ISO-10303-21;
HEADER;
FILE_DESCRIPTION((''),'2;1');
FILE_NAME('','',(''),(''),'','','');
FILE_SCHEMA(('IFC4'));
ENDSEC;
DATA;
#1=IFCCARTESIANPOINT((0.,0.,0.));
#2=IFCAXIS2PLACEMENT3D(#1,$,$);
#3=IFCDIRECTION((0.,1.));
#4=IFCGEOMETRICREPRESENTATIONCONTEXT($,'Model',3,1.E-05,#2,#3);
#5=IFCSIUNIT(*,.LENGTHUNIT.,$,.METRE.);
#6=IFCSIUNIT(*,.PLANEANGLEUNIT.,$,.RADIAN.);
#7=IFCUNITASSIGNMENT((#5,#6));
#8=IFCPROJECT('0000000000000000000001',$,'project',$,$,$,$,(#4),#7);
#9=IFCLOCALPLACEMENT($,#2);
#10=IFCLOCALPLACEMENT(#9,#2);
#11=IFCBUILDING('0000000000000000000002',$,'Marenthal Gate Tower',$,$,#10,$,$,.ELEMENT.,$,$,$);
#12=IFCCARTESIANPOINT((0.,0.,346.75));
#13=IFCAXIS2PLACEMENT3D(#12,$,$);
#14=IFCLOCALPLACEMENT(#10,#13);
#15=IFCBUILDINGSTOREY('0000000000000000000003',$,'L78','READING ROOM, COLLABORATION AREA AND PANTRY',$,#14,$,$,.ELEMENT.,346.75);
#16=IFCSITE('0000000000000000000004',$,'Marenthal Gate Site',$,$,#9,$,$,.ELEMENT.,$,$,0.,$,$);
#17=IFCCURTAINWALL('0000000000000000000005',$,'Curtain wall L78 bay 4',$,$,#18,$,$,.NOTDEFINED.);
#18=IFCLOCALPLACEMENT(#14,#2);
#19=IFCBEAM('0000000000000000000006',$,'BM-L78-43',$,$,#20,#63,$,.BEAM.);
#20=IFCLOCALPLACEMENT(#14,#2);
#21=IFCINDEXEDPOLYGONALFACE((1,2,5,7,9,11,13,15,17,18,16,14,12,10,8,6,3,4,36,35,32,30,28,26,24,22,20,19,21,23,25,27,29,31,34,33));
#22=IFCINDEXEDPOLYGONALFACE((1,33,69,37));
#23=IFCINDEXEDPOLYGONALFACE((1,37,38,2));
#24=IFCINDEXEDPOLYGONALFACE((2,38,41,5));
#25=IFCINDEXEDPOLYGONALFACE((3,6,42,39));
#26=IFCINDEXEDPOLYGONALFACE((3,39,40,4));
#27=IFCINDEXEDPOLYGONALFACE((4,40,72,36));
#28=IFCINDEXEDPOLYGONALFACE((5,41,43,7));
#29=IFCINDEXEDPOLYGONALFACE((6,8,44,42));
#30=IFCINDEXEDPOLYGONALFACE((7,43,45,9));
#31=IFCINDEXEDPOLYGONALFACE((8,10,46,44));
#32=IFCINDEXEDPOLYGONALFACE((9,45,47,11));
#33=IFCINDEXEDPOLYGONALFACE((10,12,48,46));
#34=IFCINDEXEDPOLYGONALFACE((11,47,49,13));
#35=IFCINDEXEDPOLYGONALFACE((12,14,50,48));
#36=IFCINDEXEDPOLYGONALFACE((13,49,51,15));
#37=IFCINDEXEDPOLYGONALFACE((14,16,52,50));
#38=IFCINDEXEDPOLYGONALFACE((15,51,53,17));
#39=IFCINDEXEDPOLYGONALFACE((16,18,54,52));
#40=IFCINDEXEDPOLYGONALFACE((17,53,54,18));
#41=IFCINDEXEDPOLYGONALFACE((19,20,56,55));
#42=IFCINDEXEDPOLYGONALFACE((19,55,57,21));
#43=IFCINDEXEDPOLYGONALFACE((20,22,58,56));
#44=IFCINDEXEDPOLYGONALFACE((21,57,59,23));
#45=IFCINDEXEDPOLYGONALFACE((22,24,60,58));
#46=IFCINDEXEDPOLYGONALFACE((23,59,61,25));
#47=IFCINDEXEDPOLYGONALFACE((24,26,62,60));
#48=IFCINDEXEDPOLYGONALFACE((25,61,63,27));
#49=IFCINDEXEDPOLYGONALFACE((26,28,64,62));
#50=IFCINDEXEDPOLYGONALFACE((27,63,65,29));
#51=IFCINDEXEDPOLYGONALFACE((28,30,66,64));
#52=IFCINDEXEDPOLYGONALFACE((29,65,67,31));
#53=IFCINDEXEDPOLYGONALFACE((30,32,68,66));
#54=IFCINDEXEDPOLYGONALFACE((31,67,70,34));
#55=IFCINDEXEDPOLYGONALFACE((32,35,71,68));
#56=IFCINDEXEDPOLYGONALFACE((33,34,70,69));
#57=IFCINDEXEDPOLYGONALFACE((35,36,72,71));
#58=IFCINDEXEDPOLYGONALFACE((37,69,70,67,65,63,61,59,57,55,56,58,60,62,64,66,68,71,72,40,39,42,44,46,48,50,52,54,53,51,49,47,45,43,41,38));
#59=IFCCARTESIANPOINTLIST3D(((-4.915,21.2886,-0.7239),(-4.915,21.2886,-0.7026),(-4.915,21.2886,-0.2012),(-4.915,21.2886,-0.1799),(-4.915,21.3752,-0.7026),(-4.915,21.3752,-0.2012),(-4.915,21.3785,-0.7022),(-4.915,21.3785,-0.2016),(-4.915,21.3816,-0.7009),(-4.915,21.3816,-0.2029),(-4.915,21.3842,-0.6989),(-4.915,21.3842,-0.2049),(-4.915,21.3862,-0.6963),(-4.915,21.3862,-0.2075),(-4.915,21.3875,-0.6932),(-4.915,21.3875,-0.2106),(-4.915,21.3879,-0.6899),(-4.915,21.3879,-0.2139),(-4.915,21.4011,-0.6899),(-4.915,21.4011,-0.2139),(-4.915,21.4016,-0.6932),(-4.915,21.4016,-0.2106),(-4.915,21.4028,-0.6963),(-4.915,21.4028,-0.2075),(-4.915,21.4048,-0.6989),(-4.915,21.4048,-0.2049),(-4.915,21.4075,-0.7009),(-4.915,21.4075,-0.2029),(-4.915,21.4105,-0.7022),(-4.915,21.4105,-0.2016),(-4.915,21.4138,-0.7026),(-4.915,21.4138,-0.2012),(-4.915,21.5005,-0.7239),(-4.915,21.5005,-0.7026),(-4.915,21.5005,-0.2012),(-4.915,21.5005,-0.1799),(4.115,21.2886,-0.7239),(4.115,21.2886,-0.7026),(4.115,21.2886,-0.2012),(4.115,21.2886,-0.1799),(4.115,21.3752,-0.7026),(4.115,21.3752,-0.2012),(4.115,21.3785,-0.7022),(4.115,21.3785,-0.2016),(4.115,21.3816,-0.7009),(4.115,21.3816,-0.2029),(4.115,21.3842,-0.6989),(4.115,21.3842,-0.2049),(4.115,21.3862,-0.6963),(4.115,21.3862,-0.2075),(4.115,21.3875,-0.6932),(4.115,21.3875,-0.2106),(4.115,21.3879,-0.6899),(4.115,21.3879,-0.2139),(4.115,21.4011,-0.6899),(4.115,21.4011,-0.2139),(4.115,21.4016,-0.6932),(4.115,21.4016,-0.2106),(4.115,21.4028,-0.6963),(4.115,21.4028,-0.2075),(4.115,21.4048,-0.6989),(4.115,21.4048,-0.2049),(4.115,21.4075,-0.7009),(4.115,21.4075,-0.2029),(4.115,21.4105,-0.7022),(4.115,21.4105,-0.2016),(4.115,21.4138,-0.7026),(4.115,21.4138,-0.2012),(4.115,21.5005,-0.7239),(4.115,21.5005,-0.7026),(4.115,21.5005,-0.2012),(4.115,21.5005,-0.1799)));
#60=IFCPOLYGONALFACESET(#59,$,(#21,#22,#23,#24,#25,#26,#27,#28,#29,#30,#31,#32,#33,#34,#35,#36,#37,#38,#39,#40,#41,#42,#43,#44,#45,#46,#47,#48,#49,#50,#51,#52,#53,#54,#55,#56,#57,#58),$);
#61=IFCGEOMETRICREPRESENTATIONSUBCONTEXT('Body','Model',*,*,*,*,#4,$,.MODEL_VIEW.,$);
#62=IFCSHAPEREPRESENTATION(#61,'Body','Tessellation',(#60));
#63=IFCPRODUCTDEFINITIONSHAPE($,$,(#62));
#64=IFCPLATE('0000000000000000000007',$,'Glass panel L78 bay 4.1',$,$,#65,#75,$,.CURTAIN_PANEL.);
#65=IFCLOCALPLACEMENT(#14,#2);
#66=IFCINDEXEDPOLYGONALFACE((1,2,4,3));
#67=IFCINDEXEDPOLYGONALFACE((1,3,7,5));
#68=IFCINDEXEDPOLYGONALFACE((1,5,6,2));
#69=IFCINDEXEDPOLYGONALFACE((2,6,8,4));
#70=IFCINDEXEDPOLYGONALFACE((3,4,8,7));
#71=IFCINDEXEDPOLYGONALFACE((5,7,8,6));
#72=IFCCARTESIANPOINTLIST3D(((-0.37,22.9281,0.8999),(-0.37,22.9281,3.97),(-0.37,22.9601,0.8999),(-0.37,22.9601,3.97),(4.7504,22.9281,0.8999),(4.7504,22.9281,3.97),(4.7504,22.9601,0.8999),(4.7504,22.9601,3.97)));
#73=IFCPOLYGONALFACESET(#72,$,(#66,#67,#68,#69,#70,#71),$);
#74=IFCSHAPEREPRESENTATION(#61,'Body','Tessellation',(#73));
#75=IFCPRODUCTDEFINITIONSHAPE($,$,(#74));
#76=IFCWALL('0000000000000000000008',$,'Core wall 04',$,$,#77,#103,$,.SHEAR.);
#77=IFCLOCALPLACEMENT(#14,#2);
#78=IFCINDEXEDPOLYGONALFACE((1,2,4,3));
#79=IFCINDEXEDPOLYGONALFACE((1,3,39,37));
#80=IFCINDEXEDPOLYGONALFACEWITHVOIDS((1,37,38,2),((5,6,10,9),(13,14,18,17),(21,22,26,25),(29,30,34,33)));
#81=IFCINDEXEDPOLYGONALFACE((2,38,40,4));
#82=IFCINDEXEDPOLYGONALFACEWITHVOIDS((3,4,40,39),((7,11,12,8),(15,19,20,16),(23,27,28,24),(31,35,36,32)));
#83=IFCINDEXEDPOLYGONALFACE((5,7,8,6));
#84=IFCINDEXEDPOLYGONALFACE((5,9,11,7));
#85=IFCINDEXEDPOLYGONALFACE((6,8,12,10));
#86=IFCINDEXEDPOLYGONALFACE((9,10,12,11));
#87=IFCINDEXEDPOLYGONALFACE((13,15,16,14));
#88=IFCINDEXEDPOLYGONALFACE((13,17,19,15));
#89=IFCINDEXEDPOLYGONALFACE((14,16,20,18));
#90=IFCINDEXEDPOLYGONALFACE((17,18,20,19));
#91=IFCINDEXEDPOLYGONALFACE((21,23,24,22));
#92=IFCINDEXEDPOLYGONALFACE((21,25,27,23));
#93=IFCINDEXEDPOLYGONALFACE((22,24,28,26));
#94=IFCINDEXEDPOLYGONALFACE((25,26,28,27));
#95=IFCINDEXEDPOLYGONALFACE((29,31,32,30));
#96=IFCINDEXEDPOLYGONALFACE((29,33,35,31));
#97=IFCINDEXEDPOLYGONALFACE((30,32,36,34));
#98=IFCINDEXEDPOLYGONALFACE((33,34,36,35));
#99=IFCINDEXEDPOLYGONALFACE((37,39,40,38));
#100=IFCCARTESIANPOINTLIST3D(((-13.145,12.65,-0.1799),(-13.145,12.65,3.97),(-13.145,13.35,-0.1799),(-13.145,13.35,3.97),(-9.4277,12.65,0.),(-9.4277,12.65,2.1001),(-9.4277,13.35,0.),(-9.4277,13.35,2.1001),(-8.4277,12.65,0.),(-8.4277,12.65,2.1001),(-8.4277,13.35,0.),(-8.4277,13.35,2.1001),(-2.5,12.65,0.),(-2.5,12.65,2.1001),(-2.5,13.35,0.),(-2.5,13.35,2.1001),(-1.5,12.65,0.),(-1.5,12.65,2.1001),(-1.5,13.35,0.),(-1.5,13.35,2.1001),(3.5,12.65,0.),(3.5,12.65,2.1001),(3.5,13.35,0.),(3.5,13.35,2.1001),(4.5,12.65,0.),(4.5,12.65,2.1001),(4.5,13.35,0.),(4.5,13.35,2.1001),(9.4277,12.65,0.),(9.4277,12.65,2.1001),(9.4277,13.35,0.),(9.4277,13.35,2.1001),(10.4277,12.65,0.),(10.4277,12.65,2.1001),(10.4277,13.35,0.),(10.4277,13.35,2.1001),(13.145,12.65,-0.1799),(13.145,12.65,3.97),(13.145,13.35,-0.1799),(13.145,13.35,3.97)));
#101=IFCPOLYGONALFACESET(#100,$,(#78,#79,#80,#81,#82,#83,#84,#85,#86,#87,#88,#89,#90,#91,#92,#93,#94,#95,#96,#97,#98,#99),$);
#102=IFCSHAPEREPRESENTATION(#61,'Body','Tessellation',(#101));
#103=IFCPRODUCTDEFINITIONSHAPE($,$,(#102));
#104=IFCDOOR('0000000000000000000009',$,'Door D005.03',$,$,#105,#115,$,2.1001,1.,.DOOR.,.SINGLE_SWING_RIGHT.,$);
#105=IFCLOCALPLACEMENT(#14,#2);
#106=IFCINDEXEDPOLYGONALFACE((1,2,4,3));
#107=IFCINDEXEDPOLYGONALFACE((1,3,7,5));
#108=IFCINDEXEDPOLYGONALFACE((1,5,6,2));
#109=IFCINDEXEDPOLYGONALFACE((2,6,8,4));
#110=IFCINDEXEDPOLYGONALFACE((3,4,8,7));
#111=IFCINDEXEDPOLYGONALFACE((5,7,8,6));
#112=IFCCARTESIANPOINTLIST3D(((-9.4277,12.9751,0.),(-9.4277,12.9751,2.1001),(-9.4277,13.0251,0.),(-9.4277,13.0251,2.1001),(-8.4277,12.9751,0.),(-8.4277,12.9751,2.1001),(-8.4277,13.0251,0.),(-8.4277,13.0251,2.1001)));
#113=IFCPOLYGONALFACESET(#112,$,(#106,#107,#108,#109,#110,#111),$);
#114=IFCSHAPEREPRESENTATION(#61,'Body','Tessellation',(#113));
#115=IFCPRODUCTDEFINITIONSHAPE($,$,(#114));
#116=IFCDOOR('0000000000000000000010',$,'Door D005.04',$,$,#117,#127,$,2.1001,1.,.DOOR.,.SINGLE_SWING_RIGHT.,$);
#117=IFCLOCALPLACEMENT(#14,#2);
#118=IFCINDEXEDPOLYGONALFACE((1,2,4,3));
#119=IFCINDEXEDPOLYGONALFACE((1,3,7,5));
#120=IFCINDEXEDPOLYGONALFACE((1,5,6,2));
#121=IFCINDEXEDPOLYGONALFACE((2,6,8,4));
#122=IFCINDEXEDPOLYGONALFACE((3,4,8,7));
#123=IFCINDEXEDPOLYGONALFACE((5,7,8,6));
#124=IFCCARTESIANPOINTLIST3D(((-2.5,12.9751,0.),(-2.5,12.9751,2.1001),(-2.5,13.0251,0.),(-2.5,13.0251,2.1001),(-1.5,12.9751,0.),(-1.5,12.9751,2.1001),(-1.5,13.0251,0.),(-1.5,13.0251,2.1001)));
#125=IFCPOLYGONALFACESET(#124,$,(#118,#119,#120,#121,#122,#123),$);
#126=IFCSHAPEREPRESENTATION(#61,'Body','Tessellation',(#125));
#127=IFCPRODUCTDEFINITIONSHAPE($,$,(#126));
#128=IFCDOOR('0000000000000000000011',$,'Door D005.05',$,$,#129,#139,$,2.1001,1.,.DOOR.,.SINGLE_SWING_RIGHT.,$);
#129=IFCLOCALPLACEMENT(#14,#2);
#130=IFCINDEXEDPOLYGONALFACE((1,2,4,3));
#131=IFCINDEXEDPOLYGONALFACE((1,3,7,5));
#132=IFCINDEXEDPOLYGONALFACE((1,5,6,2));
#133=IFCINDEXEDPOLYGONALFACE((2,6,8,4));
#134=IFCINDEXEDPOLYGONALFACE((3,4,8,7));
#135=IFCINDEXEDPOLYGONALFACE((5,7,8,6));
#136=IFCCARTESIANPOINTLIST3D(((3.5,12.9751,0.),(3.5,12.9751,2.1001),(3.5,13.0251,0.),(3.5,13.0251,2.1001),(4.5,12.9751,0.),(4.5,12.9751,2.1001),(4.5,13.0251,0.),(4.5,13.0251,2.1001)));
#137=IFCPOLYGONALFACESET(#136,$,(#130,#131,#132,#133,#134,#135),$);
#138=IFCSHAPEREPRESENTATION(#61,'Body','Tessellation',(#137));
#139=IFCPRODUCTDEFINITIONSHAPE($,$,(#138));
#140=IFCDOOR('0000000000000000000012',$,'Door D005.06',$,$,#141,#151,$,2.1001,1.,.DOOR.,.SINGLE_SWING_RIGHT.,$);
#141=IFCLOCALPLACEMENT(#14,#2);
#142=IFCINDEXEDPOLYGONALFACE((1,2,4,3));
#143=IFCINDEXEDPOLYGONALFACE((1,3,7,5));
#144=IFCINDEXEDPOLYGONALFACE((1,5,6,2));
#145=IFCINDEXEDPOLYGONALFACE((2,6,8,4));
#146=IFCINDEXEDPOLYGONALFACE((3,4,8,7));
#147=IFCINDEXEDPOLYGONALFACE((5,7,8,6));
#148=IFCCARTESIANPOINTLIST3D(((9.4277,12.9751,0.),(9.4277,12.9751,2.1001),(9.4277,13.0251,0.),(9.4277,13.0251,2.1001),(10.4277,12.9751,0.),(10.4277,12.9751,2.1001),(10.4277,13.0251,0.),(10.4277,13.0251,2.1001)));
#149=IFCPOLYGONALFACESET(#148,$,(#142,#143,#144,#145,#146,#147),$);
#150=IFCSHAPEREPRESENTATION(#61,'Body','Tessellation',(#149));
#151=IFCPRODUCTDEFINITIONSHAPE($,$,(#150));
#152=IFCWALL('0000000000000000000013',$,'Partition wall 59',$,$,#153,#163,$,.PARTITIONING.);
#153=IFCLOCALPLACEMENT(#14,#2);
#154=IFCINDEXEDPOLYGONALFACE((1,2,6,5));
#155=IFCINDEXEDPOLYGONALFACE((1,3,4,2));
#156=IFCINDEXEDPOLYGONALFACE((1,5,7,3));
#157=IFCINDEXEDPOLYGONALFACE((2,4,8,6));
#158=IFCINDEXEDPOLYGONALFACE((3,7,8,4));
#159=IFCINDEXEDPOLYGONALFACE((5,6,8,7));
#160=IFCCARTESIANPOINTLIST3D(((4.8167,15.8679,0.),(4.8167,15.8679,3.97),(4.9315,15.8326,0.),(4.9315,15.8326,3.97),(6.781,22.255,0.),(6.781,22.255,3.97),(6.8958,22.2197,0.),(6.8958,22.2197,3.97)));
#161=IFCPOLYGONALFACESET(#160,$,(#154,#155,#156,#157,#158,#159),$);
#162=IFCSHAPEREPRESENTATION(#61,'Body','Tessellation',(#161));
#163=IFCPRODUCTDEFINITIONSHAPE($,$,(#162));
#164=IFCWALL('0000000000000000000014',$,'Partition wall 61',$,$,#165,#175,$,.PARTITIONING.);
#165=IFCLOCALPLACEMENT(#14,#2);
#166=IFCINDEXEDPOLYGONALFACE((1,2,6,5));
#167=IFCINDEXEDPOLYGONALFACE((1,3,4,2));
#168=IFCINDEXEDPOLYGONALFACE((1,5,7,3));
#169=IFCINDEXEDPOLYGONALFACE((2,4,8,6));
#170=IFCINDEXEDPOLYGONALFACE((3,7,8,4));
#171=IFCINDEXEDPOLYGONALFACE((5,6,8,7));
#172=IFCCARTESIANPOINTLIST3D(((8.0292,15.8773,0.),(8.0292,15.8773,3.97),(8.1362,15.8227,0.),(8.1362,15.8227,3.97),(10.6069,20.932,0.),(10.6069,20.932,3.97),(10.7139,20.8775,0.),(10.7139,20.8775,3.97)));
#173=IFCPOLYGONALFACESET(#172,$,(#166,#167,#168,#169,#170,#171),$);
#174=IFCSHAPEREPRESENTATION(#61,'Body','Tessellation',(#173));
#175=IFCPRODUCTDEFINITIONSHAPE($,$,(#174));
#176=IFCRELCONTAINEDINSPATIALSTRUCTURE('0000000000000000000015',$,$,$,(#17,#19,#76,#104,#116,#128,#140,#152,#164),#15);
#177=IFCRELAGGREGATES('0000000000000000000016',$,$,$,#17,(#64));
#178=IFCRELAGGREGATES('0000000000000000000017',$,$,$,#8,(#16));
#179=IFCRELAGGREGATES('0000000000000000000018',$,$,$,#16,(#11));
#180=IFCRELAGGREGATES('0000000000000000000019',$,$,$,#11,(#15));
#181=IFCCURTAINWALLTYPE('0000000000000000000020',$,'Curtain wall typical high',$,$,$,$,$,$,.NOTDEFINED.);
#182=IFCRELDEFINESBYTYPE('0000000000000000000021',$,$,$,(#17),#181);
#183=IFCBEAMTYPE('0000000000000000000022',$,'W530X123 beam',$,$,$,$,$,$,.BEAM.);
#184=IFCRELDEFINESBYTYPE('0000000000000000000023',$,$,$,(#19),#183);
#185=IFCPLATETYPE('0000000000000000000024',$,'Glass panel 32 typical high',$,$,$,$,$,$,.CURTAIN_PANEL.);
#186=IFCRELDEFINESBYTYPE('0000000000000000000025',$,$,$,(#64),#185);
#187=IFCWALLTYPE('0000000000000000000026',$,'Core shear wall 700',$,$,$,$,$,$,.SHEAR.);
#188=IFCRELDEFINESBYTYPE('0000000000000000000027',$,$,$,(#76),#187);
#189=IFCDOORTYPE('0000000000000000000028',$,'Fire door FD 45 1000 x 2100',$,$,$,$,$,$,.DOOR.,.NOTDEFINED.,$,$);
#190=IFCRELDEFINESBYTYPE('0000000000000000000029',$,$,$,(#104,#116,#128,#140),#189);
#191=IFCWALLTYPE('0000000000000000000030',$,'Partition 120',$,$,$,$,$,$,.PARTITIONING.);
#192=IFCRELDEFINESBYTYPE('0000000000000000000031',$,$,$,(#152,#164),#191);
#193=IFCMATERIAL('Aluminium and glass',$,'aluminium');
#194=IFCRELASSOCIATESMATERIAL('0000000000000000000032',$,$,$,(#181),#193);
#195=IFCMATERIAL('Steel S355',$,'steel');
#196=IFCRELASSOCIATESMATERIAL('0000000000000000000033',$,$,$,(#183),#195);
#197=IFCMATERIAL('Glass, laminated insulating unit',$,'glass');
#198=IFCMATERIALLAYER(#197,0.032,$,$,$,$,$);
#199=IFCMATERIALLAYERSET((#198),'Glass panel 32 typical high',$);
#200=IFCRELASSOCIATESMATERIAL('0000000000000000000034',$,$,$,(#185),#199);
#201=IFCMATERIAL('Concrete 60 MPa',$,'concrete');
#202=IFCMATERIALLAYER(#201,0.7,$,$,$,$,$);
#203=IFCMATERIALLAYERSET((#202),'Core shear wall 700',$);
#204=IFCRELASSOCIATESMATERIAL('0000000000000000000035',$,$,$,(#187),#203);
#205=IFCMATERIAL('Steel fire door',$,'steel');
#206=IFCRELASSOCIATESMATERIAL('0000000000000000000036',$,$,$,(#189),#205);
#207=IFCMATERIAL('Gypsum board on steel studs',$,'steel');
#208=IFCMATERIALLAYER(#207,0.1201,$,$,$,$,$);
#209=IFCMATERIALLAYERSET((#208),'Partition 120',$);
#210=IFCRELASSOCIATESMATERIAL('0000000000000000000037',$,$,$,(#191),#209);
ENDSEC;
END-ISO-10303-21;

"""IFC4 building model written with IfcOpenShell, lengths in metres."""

from ifc_helpers import new_model, si_unit, direction, frame, frame_2d, origin, origin_2d, place, context, subcontext, project, spatial, rectangle, i_section, extrude, material, layer, layer_set, material_profile, profile_set, type_object, element, fill, aggregate, save


model = new_model("IFC4")

# Units and contexts
model_context = context("Model", 3, precision=1e-05, world=origin(), true_north=direction((0.0, 1.0)))
body_context = subcontext(model_context, "Body", "Model", "MODEL_VIEW")
ifc_project = project(units=[si_unit("LENGTHUNIT", "METRE"), si_unit("PLANEANGLEUNIT", "RADIAN")], contexts=[model_context])

# Site, building, storey
site_placement = place(None, origin())
site = spatial("IfcSite", under=ifc_project, at=site_placement, Name="Marenthal Gate Site", CompositionType="ELEMENT", RefElevation=0.0)
building_placement = place(site_placement, origin())
building = spatial("IfcBuilding", under=site, at=building_placement, Name="Marenthal Gate Tower", CompositionType="ELEMENT")
storey_placement = place(building_placement, frame((0.0, 0.0, 346.75)))
storey = spatial("IfcBuildingStorey", under=building, at=storey_placement, Name="L78", Description="READING ROOM, COLLABORATION AREA AND PANTRY", CompositionType="ELEMENT", Elevation=346.75)

# Curtain wall
ifc_material_1 = material(Name="Aluminium and glass", Category="aluminium")
curtain_wall_type = type_object("IfcCurtainWallType", Name="Curtain wall typical high", PredefinedType="NOTDEFINED", material=ifc_material_1)
curtain_wall_placement = place(storey_placement, origin())
curtain_wall = element("IfcCurtainWall", 1, at=curtain_wall_placement, inside=storey, type_object=curtain_wall_type, Name="Curtain wall L78 bay 4", PredefinedType="NOTDEFINED")

# Beam
ifc_material_2 = material(Name="Steel S355", Category="steel")
ifc_material_profile_1 = material_profile(ifc_material_2, i_section(OverallWidth=0.2119, OverallDepth=0.5439, WebThickness=0.0132, FlangeThickness=0.0212, FilletRadius=0.0127, at=origin_2d()), Name="W530X123")
ifc_profile_set_1 = profile_set([ifc_material_profile_1], Name="Steel S355")
beam_type_1 = type_object("IfcBeamType", Name="W530X123 beam", PredefinedType="BEAM", material=ifc_profile_set_1)
beam_1_placement = place(storey_placement, frame((4.115, 21.3945, -0.4519), z_axis=(-1.0, 0.0, 0.0), x_axis=(0.0, -1.0, 0.0)))
element("IfcBeam", 2, at=beam_1_placement, inside=storey, type_object=beam_type_1, Name="BM-L78-43", PredefinedType="BEAM", context=body_context, shape_type="SweptSolid", body=[
    extrude(i_section(OverallWidth=0.2119, OverallDepth=0.5439, WebThickness=0.0132, FlangeThickness=0.0212, FilletRadius=0.0127, at=origin_2d()), origin(), (0.0, 0.0, 1.0), 9.03),
])

# Plate
ifc_material_3 = material(Name="Glass, laminated insulating unit", Category="glass")
ifc_layer_1 = layer(ifc_material_3, 0.032)
ifc_layer_set_1 = layer_set([ifc_layer_1], Name="Glass panel 32 typical high")
plate_type = type_object("IfcPlateType", Name="Glass panel 32 typical high", PredefinedType="CURTAIN_PANEL", material=ifc_layer_set_1)
plate_placement = place(storey_placement, frame((2.1902, 22.9441, 0.8999), z_axis=(0.0, 0.0, 1.0), x_axis=(-1.0, 0.0, 0.0)))
plate = element("IfcPlate", 3, at=plate_placement, type_object=plate_type, Name="Glass panel L78 bay 4.1", PredefinedType="CURTAIN_PANEL", context=body_context, shape_type="SweptSolid", body=[
    extrude(rectangle(XDim=5.1204, YDim=0.032, at=origin_2d()), origin(), (0.0, 0.0, 1.0), 3.0701),
])
aggregate(curtain_wall, [plate])

# Wall, openings, doors
ifc_material_4 = material(Name="Concrete 60 MPa", Category="concrete")
ifc_layer_2 = layer(ifc_material_4, 0.7)
ifc_layer_set_2 = layer_set([ifc_layer_2], Name="Core shear wall 700")
wall_type_1 = type_object("IfcWallType", Name="Core shear wall 700", PredefinedType="SHEAR", material=ifc_layer_set_2)
wall_1_placement = place(storey_placement, frame((13.145, 13.0, -0.1799), z_axis=(0.0, 0.0, 1.0), x_axis=(-1.0, 0.0, 0.0)))
wall_1 = element("IfcWall", 4, at=wall_1_placement, inside=storey, type_object=wall_type_1, Name="Core wall 04", PredefinedType="SHEAR", context=body_context, shape_type="SweptSolid", body=[
    extrude(rectangle(XDim=26.29, YDim=0.7, at=frame_2d((13.145, 0.0))), origin(), (0.0, 0.0, 1.0), 4.1499),
])
opening_1_placement = place(wall_1_placement, frame((21.5728, 0.0, 0.1799)))
opening_1 = element("IfcOpeningElement", 5, at=opening_1_placement, cuts=wall_1, PredefinedType="OPENING", context=body_context, shape_type="SweptSolid", body=[
    extrude(rectangle(XDim=1.0, YDim=2.1001, at=frame_2d((0.5, 1.05))), frame((0.0, 0.3599, 0.0), z_axis=(0.0, -1.0, 0.0), x_axis=(1.0, 0.0, 0.0)), (0.0, 0.0, 1.0), 0.72),
])
opening_2_placement = place(wall_1_placement, frame((14.645, 0.0, 0.1799)))
opening_2 = element("IfcOpeningElement", 6, at=opening_2_placement, cuts=wall_1, PredefinedType="OPENING", context=body_context, shape_type="SweptSolid", body=[
    extrude(rectangle(XDim=1.0, YDim=2.1001, at=frame_2d((0.5, 1.05))), frame((0.0, 0.3599, 0.0), z_axis=(0.0, -1.0, 0.0), x_axis=(1.0, 0.0, 0.0)), (0.0, 0.0, 1.0), 0.72),
])
opening_3_placement = place(wall_1_placement, frame((8.645, 0.0, 0.1799)))
opening_3 = element("IfcOpeningElement", 7, at=opening_3_placement, cuts=wall_1, PredefinedType="OPENING", context=body_context, shape_type="SweptSolid", body=[
    extrude(rectangle(XDim=1.0, YDim=2.1001, at=frame_2d((0.5, 1.05))), frame((0.0, 0.3599, 0.0), z_axis=(0.0, -1.0, 0.0), x_axis=(1.0, 0.0, 0.0)), (0.0, 0.0, 1.0), 0.72),
])
opening_4_placement = place(wall_1_placement, frame((2.7173, 0.0, 0.1799)))
opening_4 = element("IfcOpeningElement", 8, at=opening_4_placement, cuts=wall_1, PredefinedType="OPENING", context=body_context, shape_type="SweptSolid", body=[
    extrude(rectangle(XDim=1.0, YDim=2.1001, at=frame_2d((0.5, 1.05))), frame((0.0, 0.3599, 0.0), z_axis=(0.0, -1.0, 0.0), x_axis=(1.0, 0.0, 0.0)), (0.0, 0.0, 1.0), 0.72),
])
ifc_material_5 = material(Name="Steel fire door", Category="steel")
door_type = type_object("IfcDoorType", Name="Fire door FD 45 1000 x 2100", OperationType="NOTDEFINED", PredefinedType="DOOR", material=ifc_material_5)
door_1_placement = place(opening_1_placement, origin())
door_1 = element("IfcDoor", 9, at=door_1_placement, inside=storey, type_object=door_type, Name="Door D005.03", OperationType="SINGLE_SWING_RIGHT", OverallHeight=2.1001, OverallWidth=1.0, PredefinedType="DOOR", context=body_context, shape_type="SweptSolid", body=[
    extrude(rectangle(XDim=1.0, YDim=2.1001, at=frame_2d((0.5, 1.05))), frame((0.0, 0.0249, 0.0), z_axis=(0.0, -1.0, 0.0), x_axis=(1.0, 0.0, 0.0)), (0.0, 0.0, 1.0), 0.05),
])
fill(opening_1, door_1)
door_2_placement = place(opening_2_placement, origin())
door_2 = element("IfcDoor", 10, at=door_2_placement, inside=storey, type_object=door_type, Name="Door D005.04", OperationType="SINGLE_SWING_RIGHT", OverallHeight=2.1001, OverallWidth=1.0, PredefinedType="DOOR", context=body_context, shape_type="SweptSolid", body=[
    extrude(rectangle(XDim=1.0, YDim=2.1001, at=frame_2d((0.5, 1.05))), frame((0.0, 0.0249, 0.0), z_axis=(0.0, -1.0, 0.0), x_axis=(1.0, 0.0, 0.0)), (0.0, 0.0, 1.0), 0.05),
])
fill(opening_2, door_2)
door_3_placement = place(opening_3_placement, origin())
door_3 = element("IfcDoor", 11, at=door_3_placement, inside=storey, type_object=door_type, Name="Door D005.05", OperationType="SINGLE_SWING_RIGHT", OverallHeight=2.1001, OverallWidth=1.0, PredefinedType="DOOR", context=body_context, shape_type="SweptSolid", body=[
    extrude(rectangle(XDim=1.0, YDim=2.1001, at=frame_2d((0.5, 1.05))), frame((0.0, 0.0249, 0.0), z_axis=(0.0, -1.0, 0.0), x_axis=(1.0, 0.0, 0.0)), (0.0, 0.0, 1.0), 0.05),
])
fill(opening_3, door_3)
door_4_placement = place(opening_4_placement, origin())
door_4 = element("IfcDoor", 12, at=door_4_placement, inside=storey, type_object=door_type, Name="Door D005.06", OperationType="SINGLE_SWING_RIGHT", OverallHeight=2.1001, OverallWidth=1.0, PredefinedType="DOOR", context=body_context, shape_type="SweptSolid", body=[
    extrude(rectangle(XDim=1.0, YDim=2.1001, at=frame_2d((0.5, 1.05))), frame((0.0, 0.0249, 0.0), z_axis=(0.0, -1.0, 0.0), x_axis=(1.0, 0.0, 0.0)), (0.0, 0.0, 1.0), 0.05),
])
fill(opening_4, door_4)

# Walls
ifc_material_6 = material(Name="Gypsum board on steel studs", Category="steel")
ifc_layer_3 = layer(ifc_material_6, 0.1201)
ifc_layer_set_3 = layer_set([ifc_layer_3], Name="Partition 120")
wall_type_2 = type_object("IfcWallType", Name="Partition 120", PredefinedType="PARTITIONING", material=ifc_layer_set_3)
wall_2_placement = place(storey_placement, frame((4.874, 15.8501, 0.0), z_axis=(0.0, 0.0, 1.0), x_axis=(0.293957, 0.955818, 0.0)))
element("IfcWall", 13, at=wall_2_placement, inside=storey, type_object=wall_type_2, Name="Partition wall 59", PredefinedType="PARTITIONING", context=body_context, shape_type="SweptSolid", body=[
    extrude(rectangle(XDim=6.6824, YDim=0.1201, at=frame_2d((3.3413, 0.0))), origin(), (0.0, 0.0, 1.0), 3.97),
])
wall_3_placement = place(storey_placement, frame((8.0828, 15.8501, 0.0), z_axis=(0.0, 0.0, 1.0), x_axis=(0.454291, 0.890854, 0.0)))
element("IfcWall", 14, at=wall_3_placement, inside=storey, type_object=wall_type_2, Name="Partition wall 61", PredefinedType="PARTITIONING", context=body_context, shape_type="SweptSolid", body=[
    extrude(rectangle(XDim=5.6741, YDim=0.1201, at=frame_2d((2.8369, 0.0))), origin(), (0.0, 0.0, 1.0), 3.97),
])

save(model, "model.ifc")
